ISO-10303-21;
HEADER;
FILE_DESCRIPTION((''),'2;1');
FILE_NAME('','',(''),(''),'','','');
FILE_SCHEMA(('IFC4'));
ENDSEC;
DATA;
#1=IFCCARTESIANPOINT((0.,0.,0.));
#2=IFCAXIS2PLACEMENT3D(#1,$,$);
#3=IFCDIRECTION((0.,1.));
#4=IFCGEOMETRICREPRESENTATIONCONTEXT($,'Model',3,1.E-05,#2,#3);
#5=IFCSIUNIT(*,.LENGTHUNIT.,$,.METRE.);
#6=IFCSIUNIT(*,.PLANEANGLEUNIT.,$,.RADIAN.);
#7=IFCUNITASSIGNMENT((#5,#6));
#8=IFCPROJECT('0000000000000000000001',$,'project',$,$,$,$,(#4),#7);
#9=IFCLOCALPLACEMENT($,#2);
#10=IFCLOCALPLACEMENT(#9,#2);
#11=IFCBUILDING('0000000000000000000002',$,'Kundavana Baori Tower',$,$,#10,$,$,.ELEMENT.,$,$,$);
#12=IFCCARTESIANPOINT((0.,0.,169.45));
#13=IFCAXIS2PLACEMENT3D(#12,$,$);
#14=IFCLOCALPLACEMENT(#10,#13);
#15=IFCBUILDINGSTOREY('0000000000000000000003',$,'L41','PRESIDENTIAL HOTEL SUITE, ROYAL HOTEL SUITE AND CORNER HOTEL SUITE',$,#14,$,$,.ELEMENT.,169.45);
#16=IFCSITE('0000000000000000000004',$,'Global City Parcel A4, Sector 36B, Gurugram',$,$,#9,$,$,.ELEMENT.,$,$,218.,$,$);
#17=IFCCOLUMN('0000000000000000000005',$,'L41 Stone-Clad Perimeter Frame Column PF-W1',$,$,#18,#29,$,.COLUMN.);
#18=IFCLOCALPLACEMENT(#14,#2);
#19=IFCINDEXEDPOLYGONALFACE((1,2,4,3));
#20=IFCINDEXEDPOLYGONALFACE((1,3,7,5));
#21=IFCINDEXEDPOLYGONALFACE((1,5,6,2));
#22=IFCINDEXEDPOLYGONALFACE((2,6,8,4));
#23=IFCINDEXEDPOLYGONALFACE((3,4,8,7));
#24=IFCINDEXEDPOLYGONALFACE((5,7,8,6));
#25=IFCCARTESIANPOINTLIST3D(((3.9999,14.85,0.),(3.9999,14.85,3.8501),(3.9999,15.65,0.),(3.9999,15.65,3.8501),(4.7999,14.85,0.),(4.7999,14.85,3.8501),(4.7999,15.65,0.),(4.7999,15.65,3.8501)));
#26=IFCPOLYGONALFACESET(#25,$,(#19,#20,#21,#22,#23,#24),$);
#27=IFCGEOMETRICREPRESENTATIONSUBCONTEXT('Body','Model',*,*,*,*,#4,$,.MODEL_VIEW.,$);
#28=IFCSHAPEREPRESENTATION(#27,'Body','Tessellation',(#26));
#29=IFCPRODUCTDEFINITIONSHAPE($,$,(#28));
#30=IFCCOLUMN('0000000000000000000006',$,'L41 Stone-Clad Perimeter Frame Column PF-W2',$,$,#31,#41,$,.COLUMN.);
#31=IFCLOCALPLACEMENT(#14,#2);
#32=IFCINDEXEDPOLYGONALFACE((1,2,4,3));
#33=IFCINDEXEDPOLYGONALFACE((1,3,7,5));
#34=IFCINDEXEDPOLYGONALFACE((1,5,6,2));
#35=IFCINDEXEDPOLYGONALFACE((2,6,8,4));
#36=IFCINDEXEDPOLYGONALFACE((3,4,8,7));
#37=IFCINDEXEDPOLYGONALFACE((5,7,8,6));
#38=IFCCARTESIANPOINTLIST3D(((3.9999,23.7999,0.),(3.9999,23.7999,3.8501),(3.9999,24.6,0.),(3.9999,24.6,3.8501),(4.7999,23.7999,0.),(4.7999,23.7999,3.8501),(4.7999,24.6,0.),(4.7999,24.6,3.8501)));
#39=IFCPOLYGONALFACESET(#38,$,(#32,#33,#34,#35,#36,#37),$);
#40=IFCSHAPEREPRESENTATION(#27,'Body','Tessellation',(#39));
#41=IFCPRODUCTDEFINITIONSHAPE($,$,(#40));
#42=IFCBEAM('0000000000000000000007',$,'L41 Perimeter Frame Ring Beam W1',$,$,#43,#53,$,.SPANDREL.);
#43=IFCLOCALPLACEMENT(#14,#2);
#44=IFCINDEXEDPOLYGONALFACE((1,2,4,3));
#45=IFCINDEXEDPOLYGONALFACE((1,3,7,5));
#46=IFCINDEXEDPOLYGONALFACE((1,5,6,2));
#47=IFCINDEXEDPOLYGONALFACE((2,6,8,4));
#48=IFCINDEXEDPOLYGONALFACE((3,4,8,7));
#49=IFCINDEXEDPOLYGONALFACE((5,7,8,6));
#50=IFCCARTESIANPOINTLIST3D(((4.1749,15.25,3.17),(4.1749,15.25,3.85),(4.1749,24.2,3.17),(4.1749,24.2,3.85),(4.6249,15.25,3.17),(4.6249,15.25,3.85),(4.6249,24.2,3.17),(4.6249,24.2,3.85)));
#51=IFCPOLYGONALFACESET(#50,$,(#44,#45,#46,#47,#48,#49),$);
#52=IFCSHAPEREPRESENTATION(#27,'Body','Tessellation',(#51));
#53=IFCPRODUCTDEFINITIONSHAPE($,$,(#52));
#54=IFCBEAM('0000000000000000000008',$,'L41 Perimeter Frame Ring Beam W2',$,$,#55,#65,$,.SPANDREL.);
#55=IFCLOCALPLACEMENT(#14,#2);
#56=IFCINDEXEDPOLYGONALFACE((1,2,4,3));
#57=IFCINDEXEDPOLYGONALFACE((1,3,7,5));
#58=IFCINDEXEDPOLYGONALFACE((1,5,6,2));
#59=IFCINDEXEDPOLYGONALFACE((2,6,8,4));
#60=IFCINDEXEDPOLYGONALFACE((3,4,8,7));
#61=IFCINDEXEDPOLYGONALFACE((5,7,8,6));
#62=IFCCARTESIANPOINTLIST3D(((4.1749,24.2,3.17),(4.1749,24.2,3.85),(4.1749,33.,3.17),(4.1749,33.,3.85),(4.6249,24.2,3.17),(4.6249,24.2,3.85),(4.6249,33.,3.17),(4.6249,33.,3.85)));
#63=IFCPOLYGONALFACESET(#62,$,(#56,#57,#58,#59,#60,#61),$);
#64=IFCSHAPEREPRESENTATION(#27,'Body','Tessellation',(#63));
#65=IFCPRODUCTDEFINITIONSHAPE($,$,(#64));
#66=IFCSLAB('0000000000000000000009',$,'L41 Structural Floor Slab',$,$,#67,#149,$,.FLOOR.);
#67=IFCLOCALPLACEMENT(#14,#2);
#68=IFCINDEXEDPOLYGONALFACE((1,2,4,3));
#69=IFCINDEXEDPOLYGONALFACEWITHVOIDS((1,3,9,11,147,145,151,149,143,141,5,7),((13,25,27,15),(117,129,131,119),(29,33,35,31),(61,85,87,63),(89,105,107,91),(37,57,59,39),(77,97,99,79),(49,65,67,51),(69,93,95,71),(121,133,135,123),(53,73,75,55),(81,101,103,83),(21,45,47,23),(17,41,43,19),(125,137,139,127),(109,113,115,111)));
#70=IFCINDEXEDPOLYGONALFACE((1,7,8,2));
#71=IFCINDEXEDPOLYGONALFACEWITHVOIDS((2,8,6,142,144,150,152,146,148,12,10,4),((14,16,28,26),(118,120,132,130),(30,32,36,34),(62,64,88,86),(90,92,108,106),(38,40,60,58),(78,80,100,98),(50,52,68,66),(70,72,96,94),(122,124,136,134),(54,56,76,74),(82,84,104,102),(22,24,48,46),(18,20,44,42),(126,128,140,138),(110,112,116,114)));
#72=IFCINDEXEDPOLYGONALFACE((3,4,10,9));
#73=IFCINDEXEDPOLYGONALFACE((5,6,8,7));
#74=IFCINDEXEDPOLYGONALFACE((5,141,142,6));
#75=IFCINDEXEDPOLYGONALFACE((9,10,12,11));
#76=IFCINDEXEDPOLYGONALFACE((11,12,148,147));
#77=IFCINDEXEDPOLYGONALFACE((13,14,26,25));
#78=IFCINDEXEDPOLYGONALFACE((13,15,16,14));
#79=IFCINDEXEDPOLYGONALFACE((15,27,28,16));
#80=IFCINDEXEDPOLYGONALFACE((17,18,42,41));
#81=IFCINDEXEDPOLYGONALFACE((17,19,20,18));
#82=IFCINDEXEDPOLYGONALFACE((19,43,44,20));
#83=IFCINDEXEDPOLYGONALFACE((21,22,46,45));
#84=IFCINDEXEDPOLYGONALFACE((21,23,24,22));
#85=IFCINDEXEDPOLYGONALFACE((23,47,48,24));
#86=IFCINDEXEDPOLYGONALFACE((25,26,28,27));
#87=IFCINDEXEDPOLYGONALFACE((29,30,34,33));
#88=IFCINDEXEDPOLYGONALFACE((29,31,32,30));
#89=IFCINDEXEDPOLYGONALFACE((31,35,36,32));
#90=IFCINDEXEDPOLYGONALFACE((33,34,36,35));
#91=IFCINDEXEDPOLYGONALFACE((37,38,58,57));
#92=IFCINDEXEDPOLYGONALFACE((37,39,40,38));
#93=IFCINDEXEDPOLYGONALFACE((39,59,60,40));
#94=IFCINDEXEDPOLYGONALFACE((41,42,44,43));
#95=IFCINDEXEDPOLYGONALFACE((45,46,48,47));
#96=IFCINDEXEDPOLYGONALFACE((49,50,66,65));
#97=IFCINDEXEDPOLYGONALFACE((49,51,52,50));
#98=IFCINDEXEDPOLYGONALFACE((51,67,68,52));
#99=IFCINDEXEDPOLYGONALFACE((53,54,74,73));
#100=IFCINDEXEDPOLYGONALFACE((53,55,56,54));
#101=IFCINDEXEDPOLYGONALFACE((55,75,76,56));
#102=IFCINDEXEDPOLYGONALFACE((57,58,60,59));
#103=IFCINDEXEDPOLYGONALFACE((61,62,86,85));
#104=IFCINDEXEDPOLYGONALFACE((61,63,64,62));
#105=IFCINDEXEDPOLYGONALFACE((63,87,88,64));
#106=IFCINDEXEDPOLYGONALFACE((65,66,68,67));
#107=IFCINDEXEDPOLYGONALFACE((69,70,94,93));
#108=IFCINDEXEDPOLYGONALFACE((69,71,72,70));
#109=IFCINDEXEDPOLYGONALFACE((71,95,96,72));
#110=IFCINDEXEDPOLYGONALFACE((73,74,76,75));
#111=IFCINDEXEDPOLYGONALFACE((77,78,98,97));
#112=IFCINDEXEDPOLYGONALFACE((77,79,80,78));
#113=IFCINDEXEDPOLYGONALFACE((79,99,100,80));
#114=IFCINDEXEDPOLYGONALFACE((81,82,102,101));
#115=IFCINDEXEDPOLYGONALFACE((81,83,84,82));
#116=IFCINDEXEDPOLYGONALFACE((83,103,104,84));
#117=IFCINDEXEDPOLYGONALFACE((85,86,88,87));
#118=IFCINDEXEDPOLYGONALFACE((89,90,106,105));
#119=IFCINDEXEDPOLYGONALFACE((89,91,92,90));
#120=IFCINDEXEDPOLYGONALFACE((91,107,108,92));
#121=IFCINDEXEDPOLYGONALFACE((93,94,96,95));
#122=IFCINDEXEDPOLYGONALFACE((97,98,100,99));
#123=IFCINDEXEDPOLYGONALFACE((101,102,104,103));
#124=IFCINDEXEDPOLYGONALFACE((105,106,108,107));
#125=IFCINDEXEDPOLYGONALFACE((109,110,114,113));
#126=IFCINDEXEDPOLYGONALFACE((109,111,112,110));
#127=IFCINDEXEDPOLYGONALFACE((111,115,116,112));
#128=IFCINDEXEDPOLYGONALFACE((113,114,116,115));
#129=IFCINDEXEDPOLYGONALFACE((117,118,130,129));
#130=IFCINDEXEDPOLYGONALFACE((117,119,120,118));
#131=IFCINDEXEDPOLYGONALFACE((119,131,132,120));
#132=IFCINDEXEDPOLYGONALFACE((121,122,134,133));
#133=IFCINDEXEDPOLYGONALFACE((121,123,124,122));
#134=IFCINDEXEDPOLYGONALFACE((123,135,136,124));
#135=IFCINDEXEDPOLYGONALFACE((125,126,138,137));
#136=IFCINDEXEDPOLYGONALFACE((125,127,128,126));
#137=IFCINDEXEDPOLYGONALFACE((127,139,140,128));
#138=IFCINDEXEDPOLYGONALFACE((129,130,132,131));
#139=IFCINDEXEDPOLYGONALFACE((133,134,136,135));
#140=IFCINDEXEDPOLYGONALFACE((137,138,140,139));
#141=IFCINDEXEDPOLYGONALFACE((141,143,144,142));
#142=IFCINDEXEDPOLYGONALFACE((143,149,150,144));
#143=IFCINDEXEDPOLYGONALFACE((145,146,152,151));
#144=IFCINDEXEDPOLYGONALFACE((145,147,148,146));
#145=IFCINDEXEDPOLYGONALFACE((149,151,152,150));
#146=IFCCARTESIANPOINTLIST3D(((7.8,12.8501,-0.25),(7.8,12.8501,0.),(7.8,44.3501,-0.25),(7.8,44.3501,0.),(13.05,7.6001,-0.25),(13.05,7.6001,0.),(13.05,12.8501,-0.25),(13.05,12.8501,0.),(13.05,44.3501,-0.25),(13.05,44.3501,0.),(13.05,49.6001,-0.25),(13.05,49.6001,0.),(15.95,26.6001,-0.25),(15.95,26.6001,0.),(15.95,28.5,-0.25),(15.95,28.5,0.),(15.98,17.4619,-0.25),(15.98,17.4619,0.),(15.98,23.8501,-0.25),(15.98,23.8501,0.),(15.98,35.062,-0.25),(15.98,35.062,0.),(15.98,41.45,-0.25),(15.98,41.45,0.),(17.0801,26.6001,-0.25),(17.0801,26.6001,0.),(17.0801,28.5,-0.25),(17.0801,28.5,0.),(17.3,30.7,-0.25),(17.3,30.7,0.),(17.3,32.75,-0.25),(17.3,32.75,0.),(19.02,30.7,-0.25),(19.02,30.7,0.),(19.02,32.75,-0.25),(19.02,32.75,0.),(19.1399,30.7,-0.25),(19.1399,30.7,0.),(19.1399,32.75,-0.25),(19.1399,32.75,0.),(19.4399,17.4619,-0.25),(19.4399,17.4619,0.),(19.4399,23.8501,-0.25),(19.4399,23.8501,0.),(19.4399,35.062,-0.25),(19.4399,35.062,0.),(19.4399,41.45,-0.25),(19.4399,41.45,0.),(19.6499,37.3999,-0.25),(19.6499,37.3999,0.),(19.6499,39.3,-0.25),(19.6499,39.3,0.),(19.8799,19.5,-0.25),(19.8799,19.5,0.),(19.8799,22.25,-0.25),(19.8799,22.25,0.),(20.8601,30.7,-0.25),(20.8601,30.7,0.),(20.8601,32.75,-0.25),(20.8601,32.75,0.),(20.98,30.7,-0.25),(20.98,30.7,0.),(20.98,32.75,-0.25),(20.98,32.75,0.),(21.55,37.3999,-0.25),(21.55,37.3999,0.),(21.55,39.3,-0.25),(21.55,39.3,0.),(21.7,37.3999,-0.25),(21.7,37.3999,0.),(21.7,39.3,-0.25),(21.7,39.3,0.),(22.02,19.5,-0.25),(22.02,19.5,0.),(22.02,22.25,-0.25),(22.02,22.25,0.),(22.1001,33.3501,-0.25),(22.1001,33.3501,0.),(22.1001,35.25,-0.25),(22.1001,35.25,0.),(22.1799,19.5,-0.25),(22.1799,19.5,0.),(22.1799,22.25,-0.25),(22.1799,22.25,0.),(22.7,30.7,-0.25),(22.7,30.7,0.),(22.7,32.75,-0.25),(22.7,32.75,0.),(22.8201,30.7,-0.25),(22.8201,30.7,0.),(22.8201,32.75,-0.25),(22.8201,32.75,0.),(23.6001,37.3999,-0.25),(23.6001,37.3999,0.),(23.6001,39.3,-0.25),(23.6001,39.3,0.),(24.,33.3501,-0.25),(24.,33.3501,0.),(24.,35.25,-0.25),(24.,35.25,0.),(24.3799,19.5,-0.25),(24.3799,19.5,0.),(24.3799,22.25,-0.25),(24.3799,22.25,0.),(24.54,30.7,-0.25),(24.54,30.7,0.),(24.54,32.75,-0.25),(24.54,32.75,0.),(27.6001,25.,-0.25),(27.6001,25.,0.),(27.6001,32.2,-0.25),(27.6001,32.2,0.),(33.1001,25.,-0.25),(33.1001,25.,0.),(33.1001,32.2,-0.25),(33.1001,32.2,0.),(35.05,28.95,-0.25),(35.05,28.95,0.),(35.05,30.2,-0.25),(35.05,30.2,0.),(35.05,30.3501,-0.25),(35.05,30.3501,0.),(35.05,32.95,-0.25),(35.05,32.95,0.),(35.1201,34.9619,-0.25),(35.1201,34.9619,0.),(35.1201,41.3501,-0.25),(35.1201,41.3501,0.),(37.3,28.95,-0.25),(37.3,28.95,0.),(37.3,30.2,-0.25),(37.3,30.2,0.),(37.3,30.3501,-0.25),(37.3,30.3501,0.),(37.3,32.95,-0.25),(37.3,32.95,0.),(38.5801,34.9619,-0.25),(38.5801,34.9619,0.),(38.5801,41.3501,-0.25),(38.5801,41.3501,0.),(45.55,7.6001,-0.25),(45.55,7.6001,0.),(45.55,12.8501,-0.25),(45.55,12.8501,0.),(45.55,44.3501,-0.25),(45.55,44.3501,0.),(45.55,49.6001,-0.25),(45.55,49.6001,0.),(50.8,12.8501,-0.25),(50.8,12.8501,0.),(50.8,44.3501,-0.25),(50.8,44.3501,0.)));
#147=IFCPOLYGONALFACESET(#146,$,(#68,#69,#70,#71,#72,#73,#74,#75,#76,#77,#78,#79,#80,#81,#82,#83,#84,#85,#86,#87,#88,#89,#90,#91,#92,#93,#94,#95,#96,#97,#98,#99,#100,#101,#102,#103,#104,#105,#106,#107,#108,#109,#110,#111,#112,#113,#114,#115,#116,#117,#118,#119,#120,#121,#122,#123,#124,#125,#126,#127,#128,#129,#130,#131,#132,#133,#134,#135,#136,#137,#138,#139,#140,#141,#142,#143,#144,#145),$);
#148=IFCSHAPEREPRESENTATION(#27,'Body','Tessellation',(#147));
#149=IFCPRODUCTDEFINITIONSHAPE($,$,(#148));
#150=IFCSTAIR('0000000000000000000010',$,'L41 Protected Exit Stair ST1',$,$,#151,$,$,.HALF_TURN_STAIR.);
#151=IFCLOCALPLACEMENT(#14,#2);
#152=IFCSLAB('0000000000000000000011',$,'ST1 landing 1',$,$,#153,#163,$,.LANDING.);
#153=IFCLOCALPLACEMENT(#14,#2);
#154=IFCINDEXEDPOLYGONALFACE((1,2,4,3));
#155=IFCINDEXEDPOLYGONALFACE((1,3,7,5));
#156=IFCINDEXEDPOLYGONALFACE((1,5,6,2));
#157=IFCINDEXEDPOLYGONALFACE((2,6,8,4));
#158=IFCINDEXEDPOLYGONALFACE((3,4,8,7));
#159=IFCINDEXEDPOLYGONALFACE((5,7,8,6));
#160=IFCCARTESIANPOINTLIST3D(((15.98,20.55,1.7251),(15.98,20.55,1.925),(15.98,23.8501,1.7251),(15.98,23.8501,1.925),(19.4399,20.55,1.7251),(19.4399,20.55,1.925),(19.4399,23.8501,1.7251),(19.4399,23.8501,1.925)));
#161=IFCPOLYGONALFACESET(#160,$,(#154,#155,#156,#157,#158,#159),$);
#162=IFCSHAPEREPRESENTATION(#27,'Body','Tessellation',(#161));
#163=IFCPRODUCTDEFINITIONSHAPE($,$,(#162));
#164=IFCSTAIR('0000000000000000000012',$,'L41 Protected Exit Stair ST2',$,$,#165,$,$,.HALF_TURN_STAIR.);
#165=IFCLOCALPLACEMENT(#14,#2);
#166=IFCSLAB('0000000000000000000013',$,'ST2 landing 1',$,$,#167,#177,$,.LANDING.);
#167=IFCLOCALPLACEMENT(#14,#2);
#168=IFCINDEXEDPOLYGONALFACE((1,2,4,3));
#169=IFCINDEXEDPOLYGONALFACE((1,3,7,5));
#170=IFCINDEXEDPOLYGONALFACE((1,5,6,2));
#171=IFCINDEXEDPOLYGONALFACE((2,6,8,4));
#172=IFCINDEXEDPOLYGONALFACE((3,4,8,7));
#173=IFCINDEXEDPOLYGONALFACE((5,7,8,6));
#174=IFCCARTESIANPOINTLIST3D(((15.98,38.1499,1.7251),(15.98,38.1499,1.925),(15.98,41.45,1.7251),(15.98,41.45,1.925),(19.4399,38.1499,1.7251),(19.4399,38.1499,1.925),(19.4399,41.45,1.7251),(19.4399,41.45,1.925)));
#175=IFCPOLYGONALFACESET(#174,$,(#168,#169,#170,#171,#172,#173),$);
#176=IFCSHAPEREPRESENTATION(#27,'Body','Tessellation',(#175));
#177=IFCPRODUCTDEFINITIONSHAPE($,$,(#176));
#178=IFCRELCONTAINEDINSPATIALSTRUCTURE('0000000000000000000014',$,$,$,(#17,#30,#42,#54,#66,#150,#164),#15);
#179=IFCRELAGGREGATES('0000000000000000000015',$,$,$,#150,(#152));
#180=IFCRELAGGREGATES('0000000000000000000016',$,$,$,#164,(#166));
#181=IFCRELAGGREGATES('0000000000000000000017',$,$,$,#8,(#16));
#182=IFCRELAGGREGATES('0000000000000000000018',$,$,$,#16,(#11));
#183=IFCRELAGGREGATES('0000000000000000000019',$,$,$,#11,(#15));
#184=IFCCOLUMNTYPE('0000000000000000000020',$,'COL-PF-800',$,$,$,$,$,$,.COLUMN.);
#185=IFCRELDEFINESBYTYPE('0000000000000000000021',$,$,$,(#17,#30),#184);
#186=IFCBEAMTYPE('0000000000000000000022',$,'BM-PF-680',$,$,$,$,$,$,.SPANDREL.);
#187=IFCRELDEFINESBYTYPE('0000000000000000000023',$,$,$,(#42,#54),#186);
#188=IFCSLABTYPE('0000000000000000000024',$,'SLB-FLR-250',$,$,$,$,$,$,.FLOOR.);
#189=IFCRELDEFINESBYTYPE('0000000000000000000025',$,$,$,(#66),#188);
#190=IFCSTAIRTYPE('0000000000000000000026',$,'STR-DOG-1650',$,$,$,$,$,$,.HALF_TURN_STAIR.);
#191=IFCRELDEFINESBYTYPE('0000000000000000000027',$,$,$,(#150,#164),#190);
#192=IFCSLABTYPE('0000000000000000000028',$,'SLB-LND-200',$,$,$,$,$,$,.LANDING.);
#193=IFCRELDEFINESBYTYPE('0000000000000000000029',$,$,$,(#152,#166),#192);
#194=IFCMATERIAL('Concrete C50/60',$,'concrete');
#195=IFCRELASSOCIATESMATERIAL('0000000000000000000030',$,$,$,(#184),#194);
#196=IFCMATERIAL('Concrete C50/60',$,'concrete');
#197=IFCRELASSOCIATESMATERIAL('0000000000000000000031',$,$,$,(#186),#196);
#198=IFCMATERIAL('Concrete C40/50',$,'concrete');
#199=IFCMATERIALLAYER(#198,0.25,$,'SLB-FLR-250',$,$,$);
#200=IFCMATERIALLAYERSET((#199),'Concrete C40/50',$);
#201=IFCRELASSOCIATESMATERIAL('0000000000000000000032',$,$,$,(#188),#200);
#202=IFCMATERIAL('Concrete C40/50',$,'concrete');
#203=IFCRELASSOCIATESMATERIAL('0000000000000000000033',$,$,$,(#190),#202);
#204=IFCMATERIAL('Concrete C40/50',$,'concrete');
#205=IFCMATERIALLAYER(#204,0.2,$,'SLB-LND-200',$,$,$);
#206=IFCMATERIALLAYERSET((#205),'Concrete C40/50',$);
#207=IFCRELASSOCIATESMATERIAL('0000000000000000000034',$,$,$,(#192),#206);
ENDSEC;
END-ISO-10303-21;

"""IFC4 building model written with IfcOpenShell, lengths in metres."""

from ifc_helpers import new_model, si_unit, direction, frame, origin, origin_2d, place, context, subcontext, project, spatial, polyline, rectangle, outline, extrude, material, layer, layer_set, material_profile, profile_set, type_object, element, aggregate, save


model = new_model("IFC4")

# Units and contexts
model_context = context("Model", 3, precision=1e-05, world=origin(), true_north=direction((0.0, 1.0)))
body_context = subcontext(model_context, "Body", "Model", "MODEL_VIEW")
ifc_project = project(units=[si_unit("LENGTHUNIT", "METRE"), si_unit("PLANEANGLEUNIT", "RADIAN")], contexts=[model_context])

# Site, building, storey
site_placement = place(None, origin())
site = spatial("IfcSite", under=ifc_project, at=site_placement, Name="Global City Parcel A4, Sector 36B, Gurugram", CompositionType="ELEMENT", RefElevation=218.0)
building_placement = place(site_placement, origin())
building = spatial("IfcBuilding", under=site, at=building_placement, Name="Kundavana Baori Tower", CompositionType="ELEMENT")
storey_placement = place(building_placement, frame((0.0, 0.0, 169.45)))
storey = spatial("IfcBuildingStorey", under=building, at=storey_placement, Name="L41", Description="PRESIDENTIAL HOTEL SUITE, ROYAL HOTEL SUITE AND CORNER HOTEL SUITE", CompositionType="ELEMENT", Elevation=169.45)

# Columns
ifc_material_1 = material(Name="Concrete C50/60", Category="concrete")
ifc_material_profile_1 = material_profile(ifc_material_1, rectangle(XDim=0.8, YDim=0.8, at=origin_2d()), Name="RC PF 800x800")
ifc_profile_set_1 = profile_set([ifc_material_profile_1], Name="Concrete C50/60")
column_type = type_object("IfcColumnType", Name="COL-PF-800", PredefinedType="COLUMN", material=ifc_profile_set_1)
for number, where, z_axis, x_axis, name in (
    (1, (4.3999, 15.25, 0.0), (0.0, 0.0, 1.0), (1.0, 0.0, 0.0), "L41 Stone-Clad Perimeter Frame Column PF-W1"),
    (2, (4.3999, 24.2, 0.0), (0.0, 0.0, 1.0), (1.0, 0.0, 0.0), "L41 Stone-Clad Perimeter Frame Column PF-W2"),
):
    element("IfcColumn", number, at=place(storey_placement, frame(where, z_axis=z_axis, x_axis=x_axis)), inside=storey, type_object=column_type, Name=name, PredefinedType="COLUMN", context=body_context, shape_type="SweptSolid", body=[
        extrude(rectangle(XDim=0.8, YDim=0.8, at=origin_2d()), origin(), (0.0, 0.0, 1.0), 3.8501),
    ])

# Beams
ifc_material_2 = material(Name="Concrete C50/60", Category="concrete")
ifc_material_profile_2 = material_profile(ifc_material_2, rectangle(XDim=0.45, YDim=0.6799, at=origin_2d()), Name="RC BM 450x680")
ifc_profile_set_2 = profile_set([ifc_material_profile_2], Name="Concrete C50/60")
beam_type = type_object("IfcBeamType", Name="BM-PF-680", PredefinedType="SPANDREL", material=ifc_profile_set_2)
beam_1_placement = place(storey_placement, frame((4.3999, 15.25, 3.51), z_axis=(0.0, 1.0, 0.0), x_axis=(-1.0, 0.0, 0.0)))
element("IfcBeam", 3, at=beam_1_placement, inside=storey, type_object=beam_type, Name="L41 Perimeter Frame Ring Beam W1", PredefinedType="SPANDREL", context=body_context, shape_type="SweptSolid", body=[
    extrude(rectangle(XDim=0.45, YDim=0.6799, at=origin_2d()), origin(), (0.0, 0.0, 1.0), 8.95),
])
beam_2_placement = place(storey_placement, frame((4.3999, 24.2, 3.51), z_axis=(0.0, 1.0, 0.0), x_axis=(-1.0, 0.0, 0.0)))
element("IfcBeam", 4, at=beam_2_placement, inside=storey, type_object=beam_type, Name="L41 Perimeter Frame Ring Beam W2", PredefinedType="SPANDREL", context=body_context, shape_type="SweptSolid", body=[
    extrude(rectangle(XDim=0.45, YDim=0.6799, at=origin_2d()), origin(), (0.0, 0.0, 1.0), 8.8),
])

# Slab
ifc_material_3 = material(Name="Concrete C40/50", Category="concrete")
ifc_layer_1 = layer(ifc_material_3, 0.25, Name="SLB-FLR-250")
ifc_layer_set_1 = layer_set([ifc_layer_1], Name="Concrete C40/50")
slab_type_1 = type_object("IfcSlabType", Name="SLB-FLR-250", PredefinedType="FLOOR", material=ifc_layer_set_1)
slab_1_placement = place(storey_placement, frame((0.0, 0.0, -0.25)))
element("IfcSlab", 5, at=slab_1_placement, inside=storey, type_object=slab_type_1, Name="L41 Structural Floor Slab", PredefinedType="FLOOR", context=body_context, shape_type="SweptSolid", body=[
    extrude(outline(polyline([(13.05, 7.6001), (45.55, 7.6001), (45.55, 12.8501), (50.8, 12.8501), (50.8, 44.3501), (45.55, 44.3501), (45.55, 49.6001), (13.05, 49.6001), (13.05, 44.3501), (7.8, 44.3501), (7.8, 12.8501), (13.05, 12.8501), (13.05, 7.6001)]), holes=[polyline([(19.4399, 17.4619), (19.4399, 23.8501), (15.98, 23.8501), (15.98, 17.4619), (19.4399, 17.4619)]), polyline([(19.4399, 35.062), (19.4399, 41.45), (15.98, 41.45), (15.98, 35.062), (19.4399, 35.062)]), polyline([(38.5801, 34.9619), (38.5801, 41.3501), (35.1201, 41.3501), (35.1201, 34.9619), (38.5801, 34.9619)]), polyline([(17.3, 30.7), (19.02, 30.7), (19.02, 32.75), (17.3, 32.75), (17.3, 30.7)]), polyline([(19.1399, 30.7), (20.8601, 30.7), (20.8601, 32.75), (19.1399, 32.75), (19.1399, 30.7)]), polyline([(20.98, 30.7), (22.7, 30.7), (22.7, 32.75), (20.98, 32.75), (20.98, 30.7)]), polyline([(22.8201, 30.7), (24.54, 30.7), (24.54, 32.75), (22.8201, 32.75), (22.8201, 30.7)]), polyline([(19.6499, 37.3999), (21.55, 37.3999), (21.55, 39.3), (19.6499, 39.3), (19.6499, 37.3999)]), polyline([(21.7, 37.3999), (23.6001, 37.3999), (23.6001, 39.3), (21.7, 39.3), (21.7, 37.3999)]), polyline([(22.1001, 33.3501), (24.0, 33.3501), (24.0, 35.25), (22.1001, 35.25), (22.1001, 33.3501)]), polyline([(19.8799, 19.5), (22.02, 19.5), (22.02, 22.25), (19.8799, 22.25), (19.8799, 19.5)]), polyline([(22.1799, 19.5), (24.3799, 19.5), (24.3799, 22.25), (22.1799, 22.25), (22.1799, 19.5)]), polyline([(35.05, 30.3501), (37.3, 30.3501), (37.3, 32.95), (35.05, 32.95), (35.05, 30.3501)]), polyline([(15.95, 26.6001), (17.0801, 26.6001), (17.0801, 28.5), (15.95, 28.5), (15.95, 26.6001)]), polyline([(35.05, 28.95), (37.3, 28.95), (37.3, 30.2), (35.05, 30.2), (35.05, 28.95)]), polyline([(27.6001, 25.0), (33.1001, 25.0), (33.1001, 32.2), (27.6001, 32.2), (27.6001, 25.0)])]), origin(), (0.0, 0.0, 1.0), 0.25),
])

# Stairs, slabs
ifc_material_4 = material(Name="Concrete C40/50", Category="concrete")
stair_type = type_object("IfcStairType", Name="STR-DOG-1650", PredefinedType="HALF_TURN_STAIR", material=ifc_material_4)
stair_1_placement = place(storey_placement, origin())
stair_1 = element("IfcStair", 6, at=stair_1_placement, inside=storey, type_object=stair_type, Name="L41 Protected Exit Stair ST1", PredefinedType="HALF_TURN_STAIR")
ifc_material_5 = material(Name="Concrete C40/50", Category="concrete")
ifc_layer_2 = layer(ifc_material_5, 0.2, Name="SLB-LND-200")
ifc_layer_set_2 = layer_set([ifc_layer_2], Name="Concrete C40/50")
slab_type_2 = type_object("IfcSlabType", Name="SLB-LND-200", PredefinedType="LANDING", material=ifc_layer_set_2)
slab_2_placement = place(storey_placement, frame((0.0, 0.0, 1.7251)))
slab_2 = element("IfcSlab", 7, at=slab_2_placement, type_object=slab_type_2, Name="ST1 landing 1", PredefinedType="LANDING", context=body_context, shape_type="SweptSolid", body=[
    extrude(outline(polyline([(19.4399, 20.55), (19.4399, 23.8501), (15.98, 23.8501), (15.98, 20.55), (19.4399, 20.55)])), origin(), (0.0, 0.0, 1.0), 0.2),
])
aggregate(stair_1, [slab_2])
stair_2_placement = place(storey_placement, origin())
stair_2 = element("IfcStair", 8, at=stair_2_placement, inside=storey, type_object=stair_type, Name="L41 Protected Exit Stair ST2", PredefinedType="HALF_TURN_STAIR")
slab_3_placement = place(storey_placement, frame((0.0, 0.0, 1.7251)))
slab_3 = element("IfcSlab", 9, at=slab_3_placement, type_object=slab_type_2, Name="ST2 landing 1", PredefinedType="LANDING", context=body_context, shape_type="SweptSolid", body=[
    extrude(outline(polyline([(19.4399, 38.1499), (19.4399, 41.45), (15.98, 41.45), (15.98, 38.1499), (19.4399, 38.1499)])), origin(), (0.0, 0.0, 1.0), 0.2),
])
aggregate(stair_2, [slab_3])

save(model, "model.ifc")
